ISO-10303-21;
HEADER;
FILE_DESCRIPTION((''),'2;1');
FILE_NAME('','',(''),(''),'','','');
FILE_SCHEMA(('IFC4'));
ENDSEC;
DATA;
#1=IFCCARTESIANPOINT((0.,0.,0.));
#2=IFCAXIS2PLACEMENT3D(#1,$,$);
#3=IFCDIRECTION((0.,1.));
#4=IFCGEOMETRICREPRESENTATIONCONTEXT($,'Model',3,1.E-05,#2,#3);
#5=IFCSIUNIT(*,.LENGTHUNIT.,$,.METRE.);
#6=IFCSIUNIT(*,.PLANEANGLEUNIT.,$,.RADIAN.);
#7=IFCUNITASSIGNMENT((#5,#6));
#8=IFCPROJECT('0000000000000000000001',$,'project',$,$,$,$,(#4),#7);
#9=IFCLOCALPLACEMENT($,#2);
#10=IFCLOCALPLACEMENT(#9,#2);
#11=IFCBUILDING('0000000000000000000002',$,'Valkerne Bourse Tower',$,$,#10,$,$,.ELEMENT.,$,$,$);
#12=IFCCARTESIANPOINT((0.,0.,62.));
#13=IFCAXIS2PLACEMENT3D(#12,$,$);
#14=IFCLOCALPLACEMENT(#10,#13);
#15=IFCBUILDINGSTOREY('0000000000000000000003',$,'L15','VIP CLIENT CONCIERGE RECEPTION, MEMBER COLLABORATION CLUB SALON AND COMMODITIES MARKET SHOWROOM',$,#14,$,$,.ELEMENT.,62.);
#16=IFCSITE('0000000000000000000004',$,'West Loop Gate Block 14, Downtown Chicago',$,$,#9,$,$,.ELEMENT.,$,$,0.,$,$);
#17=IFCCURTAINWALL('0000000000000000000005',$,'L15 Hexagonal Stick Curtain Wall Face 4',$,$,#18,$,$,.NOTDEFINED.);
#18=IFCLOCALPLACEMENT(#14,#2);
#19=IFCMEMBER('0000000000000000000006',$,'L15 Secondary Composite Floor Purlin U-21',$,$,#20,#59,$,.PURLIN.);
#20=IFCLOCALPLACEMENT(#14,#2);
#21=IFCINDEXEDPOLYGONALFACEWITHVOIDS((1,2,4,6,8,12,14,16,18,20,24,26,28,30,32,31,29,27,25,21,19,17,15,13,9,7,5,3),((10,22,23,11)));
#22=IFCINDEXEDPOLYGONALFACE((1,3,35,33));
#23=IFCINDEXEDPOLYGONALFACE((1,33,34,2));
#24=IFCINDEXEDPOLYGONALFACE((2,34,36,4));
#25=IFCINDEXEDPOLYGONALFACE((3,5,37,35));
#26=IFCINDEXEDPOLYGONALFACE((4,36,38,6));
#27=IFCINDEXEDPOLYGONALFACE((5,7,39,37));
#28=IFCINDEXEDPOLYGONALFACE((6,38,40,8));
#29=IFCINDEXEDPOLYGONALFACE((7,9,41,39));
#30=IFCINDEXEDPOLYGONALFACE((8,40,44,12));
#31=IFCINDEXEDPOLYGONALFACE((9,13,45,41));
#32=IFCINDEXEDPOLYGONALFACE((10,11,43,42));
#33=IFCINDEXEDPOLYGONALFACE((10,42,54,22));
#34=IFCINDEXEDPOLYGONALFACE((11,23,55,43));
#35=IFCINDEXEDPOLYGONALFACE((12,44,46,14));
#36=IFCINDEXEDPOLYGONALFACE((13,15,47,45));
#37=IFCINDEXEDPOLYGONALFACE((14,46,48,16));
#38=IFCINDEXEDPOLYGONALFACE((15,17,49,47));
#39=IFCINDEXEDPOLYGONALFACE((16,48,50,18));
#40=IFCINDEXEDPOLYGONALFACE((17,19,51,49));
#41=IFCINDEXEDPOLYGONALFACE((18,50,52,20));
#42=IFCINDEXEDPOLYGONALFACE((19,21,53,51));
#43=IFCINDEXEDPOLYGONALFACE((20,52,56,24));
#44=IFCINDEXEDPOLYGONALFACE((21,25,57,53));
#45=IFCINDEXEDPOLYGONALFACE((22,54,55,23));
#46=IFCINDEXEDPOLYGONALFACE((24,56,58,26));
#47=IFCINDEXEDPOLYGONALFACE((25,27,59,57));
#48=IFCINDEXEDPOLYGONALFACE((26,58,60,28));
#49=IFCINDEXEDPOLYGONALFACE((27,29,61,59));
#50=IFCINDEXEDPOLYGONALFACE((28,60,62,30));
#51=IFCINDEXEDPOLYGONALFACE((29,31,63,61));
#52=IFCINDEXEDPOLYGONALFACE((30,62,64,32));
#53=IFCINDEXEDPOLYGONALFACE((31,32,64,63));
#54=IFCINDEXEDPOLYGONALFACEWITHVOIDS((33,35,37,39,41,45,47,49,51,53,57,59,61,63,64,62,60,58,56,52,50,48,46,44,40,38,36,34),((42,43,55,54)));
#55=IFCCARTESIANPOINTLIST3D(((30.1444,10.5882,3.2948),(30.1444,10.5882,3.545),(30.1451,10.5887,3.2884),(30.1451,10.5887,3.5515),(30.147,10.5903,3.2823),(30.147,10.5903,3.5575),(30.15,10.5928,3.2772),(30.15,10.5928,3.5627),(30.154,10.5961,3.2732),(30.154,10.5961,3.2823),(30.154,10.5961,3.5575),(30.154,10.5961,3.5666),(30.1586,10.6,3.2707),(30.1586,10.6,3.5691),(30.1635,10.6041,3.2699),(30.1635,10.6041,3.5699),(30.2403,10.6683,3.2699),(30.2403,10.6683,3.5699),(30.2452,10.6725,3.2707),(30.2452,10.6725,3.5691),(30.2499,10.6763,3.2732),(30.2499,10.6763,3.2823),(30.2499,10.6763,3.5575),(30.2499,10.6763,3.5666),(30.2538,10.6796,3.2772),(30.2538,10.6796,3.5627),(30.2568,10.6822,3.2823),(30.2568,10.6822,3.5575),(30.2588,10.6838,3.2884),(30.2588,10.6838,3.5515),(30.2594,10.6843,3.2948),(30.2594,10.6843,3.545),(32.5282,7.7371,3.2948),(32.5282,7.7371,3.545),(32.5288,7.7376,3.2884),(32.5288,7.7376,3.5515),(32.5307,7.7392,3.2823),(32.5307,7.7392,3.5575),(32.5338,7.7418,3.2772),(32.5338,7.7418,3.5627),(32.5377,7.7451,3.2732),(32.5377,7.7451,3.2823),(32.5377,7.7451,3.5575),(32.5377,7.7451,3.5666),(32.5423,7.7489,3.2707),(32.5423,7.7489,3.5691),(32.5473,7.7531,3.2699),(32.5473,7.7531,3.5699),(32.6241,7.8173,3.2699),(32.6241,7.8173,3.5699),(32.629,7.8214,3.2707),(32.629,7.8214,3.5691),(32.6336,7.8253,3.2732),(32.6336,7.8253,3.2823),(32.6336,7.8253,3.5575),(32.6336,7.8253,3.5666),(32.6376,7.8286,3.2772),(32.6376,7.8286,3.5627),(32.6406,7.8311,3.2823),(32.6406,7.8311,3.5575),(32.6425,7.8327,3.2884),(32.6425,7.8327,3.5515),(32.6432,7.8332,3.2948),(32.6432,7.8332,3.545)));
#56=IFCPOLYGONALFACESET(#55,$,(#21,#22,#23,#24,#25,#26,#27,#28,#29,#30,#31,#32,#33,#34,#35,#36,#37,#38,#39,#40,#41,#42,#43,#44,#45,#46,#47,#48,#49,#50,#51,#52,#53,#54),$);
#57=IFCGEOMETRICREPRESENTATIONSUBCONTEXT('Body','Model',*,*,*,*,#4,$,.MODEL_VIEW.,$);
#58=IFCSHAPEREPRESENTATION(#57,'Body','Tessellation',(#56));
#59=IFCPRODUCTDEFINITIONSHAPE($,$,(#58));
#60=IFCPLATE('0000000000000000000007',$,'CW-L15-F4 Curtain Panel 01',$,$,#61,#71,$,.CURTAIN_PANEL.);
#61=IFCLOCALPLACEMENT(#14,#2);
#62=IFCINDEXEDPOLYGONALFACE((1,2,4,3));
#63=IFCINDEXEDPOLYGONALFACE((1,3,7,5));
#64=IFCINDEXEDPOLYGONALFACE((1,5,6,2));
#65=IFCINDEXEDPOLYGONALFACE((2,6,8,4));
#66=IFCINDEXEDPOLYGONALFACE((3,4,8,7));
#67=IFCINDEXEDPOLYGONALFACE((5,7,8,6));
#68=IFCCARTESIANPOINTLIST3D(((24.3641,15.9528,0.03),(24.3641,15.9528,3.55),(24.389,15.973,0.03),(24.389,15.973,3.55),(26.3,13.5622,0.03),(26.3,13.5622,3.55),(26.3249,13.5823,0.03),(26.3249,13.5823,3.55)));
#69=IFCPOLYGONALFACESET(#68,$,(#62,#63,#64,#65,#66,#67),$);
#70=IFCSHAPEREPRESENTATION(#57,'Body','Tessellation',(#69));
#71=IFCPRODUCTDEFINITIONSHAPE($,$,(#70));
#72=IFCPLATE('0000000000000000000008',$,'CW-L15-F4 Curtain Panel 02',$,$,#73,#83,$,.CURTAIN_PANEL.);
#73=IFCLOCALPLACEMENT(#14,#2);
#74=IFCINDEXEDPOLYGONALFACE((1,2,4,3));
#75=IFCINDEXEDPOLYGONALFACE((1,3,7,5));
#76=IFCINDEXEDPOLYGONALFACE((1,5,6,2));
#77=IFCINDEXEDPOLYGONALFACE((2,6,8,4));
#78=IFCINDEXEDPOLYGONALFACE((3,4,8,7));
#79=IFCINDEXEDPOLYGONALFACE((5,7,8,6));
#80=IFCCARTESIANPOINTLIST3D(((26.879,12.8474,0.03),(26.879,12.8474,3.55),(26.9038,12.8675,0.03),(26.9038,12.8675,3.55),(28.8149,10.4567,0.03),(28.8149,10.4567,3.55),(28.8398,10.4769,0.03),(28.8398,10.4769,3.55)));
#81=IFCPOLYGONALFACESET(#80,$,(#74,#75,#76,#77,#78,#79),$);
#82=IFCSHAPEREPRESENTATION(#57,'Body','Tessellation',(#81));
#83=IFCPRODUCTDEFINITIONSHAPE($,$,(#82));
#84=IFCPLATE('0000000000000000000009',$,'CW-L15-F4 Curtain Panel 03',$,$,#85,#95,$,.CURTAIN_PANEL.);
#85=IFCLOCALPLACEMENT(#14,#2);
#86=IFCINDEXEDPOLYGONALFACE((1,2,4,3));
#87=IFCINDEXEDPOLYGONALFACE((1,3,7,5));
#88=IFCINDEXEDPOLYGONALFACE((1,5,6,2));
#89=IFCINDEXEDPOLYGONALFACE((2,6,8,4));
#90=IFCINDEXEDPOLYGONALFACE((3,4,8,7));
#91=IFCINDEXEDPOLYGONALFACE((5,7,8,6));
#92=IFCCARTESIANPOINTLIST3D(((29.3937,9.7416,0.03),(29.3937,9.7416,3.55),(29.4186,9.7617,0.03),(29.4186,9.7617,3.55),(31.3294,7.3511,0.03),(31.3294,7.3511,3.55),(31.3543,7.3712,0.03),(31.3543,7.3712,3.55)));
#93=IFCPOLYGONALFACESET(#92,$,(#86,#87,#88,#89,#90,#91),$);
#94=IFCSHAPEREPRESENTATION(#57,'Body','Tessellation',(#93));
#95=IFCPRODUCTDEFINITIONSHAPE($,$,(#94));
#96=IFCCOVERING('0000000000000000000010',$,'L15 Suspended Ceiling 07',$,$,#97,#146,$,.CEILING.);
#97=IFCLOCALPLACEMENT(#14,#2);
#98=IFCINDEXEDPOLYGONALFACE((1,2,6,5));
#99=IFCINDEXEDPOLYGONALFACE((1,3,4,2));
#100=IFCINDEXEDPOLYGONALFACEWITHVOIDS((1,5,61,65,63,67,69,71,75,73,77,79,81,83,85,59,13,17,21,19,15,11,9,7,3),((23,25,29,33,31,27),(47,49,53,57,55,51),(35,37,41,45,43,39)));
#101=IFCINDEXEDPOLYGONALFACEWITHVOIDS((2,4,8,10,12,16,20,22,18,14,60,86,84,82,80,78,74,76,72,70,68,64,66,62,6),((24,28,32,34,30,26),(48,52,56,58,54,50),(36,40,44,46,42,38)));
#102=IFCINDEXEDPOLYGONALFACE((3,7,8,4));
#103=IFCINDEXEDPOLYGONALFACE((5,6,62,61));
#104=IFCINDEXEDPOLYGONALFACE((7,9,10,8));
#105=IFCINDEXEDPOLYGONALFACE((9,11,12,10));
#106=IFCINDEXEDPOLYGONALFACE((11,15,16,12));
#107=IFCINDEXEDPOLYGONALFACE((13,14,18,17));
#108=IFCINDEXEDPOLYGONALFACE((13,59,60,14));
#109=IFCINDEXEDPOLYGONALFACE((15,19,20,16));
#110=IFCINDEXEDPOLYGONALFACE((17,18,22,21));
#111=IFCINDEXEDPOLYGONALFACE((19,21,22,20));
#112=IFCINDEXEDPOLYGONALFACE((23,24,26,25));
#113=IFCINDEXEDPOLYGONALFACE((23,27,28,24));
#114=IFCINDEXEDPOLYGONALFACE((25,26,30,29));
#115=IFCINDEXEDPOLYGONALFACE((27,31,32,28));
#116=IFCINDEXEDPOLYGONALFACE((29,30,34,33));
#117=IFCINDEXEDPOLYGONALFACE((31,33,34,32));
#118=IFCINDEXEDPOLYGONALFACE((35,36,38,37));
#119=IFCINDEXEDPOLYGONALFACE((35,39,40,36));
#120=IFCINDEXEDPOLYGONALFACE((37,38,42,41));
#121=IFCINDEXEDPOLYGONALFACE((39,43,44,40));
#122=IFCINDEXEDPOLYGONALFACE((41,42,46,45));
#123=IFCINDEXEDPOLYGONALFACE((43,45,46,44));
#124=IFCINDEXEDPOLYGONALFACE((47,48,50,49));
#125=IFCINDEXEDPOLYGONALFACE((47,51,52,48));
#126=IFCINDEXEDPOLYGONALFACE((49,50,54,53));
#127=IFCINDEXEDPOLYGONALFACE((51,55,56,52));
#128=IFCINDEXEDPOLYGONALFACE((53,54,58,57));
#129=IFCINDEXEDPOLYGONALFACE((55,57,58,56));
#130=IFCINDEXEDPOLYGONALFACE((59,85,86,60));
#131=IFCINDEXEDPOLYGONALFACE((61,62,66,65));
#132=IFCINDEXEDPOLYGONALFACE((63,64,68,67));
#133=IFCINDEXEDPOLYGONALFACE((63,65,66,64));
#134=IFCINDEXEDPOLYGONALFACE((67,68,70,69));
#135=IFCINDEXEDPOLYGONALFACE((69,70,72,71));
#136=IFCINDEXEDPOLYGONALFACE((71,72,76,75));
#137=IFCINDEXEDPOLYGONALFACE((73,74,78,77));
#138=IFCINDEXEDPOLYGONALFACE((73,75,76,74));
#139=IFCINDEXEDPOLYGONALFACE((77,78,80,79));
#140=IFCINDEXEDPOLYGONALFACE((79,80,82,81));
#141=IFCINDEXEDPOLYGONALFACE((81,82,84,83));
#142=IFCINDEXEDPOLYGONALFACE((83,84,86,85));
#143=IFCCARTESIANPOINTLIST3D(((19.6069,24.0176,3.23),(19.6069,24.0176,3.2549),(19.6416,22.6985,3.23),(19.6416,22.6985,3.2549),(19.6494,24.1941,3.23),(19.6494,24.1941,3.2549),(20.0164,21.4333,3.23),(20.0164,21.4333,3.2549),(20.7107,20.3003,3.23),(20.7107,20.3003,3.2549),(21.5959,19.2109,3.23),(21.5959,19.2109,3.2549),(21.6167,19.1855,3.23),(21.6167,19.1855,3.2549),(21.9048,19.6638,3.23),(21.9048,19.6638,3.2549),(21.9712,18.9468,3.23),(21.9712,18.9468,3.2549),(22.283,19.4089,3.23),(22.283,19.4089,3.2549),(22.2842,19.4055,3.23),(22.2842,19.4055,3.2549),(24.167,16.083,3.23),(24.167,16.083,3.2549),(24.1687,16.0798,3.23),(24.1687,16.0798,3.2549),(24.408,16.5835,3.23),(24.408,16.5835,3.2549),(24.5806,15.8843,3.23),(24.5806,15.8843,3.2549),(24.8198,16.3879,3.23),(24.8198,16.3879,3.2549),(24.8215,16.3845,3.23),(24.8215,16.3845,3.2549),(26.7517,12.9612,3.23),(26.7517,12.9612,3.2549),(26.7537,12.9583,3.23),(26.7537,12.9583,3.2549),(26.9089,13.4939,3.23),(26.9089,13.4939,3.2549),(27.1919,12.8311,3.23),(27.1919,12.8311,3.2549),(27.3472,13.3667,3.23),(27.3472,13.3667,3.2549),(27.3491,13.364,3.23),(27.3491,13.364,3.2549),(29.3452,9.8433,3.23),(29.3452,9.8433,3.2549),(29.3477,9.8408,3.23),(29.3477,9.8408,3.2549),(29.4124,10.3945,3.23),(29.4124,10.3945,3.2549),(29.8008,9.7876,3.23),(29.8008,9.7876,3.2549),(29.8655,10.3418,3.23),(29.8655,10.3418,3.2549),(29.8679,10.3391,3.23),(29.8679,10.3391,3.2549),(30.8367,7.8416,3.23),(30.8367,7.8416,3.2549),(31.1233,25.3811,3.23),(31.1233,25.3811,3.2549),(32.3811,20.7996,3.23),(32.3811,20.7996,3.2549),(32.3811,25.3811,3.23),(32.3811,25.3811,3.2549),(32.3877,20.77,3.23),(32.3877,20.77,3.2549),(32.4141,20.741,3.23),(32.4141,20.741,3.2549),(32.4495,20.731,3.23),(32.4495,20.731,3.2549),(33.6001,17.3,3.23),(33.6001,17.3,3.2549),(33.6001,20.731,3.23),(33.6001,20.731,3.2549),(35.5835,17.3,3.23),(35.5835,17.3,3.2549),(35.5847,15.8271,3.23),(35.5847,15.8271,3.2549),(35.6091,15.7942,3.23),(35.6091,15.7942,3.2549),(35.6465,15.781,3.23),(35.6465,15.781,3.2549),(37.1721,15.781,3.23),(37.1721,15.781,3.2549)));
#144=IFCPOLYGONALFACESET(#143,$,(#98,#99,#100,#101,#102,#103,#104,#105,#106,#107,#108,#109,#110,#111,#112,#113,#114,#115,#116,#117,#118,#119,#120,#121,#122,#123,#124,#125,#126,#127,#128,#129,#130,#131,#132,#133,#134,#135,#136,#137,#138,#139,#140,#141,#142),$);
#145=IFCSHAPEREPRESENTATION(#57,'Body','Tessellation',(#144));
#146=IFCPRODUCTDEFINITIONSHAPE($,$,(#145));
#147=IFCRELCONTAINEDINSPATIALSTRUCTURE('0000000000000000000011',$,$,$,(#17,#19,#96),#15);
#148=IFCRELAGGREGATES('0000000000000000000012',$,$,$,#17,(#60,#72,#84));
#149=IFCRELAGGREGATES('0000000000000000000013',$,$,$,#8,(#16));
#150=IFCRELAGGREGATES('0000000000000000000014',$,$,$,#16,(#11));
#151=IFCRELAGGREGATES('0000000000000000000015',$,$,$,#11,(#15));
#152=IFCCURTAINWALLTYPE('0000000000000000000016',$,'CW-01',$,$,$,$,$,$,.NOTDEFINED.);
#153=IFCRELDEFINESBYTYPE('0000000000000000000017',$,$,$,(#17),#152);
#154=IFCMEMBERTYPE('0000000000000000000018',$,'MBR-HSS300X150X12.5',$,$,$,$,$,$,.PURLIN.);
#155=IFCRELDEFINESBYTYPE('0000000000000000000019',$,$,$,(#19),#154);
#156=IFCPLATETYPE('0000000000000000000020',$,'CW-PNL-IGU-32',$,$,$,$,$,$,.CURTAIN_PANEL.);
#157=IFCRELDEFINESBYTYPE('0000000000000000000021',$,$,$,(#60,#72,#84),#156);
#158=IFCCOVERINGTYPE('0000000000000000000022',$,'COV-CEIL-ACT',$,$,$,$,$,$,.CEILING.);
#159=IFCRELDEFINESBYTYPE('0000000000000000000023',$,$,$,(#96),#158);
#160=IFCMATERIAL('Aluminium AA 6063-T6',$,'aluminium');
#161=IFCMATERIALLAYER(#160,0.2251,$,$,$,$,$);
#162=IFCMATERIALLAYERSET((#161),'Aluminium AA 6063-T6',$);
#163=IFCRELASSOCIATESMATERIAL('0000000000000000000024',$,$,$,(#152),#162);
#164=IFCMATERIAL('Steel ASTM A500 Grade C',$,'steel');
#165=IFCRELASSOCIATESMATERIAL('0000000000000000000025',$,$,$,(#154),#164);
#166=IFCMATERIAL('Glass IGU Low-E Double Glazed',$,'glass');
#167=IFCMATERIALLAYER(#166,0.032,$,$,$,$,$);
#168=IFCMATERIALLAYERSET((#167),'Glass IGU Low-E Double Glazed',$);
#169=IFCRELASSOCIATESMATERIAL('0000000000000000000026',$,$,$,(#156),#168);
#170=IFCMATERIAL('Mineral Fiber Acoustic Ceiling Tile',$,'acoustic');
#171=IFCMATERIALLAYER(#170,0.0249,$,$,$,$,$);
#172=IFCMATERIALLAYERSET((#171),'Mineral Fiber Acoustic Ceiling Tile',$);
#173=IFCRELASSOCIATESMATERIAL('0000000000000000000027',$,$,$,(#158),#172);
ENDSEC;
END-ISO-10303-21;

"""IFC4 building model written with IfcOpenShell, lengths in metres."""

from ifc_helpers import new_model, si_unit, direction, frame, origin, origin_2d, place, context, subcontext, project, spatial, polyline, rectangle, hollow_rectangle, outline, extrude, material, layer, layer_set, material_profile, profile_set, type_object, element, aggregate, save


model = new_model("IFC4")

# Units and contexts
model_context = context("Model", 3, precision=1e-05, world=origin(), true_north=direction((0.0, 1.0)))
body_context = subcontext(model_context, "Body", "Model", "MODEL_VIEW")
ifc_project = project(units=[si_unit("LENGTHUNIT", "METRE"), si_unit("PLANEANGLEUNIT", "RADIAN")], contexts=[model_context])

# Site, building, storey
site_placement = place(None, origin())
site = spatial("IfcSite", under=ifc_project, at=site_placement, Name="West Loop Gate Block 14, Downtown Chicago", CompositionType="ELEMENT", RefElevation=0.0)
building_placement = place(site_placement, origin())
building = spatial("IfcBuilding", under=site, at=building_placement, Name="Valkerne Bourse Tower", CompositionType="ELEMENT")
storey_placement = place(building_placement, frame((0.0, 0.0, 62.0)))
storey = spatial("IfcBuildingStorey", under=building, at=storey_placement, Name="L15", Description="VIP CLIENT CONCIERGE RECEPTION, MEMBER COLLABORATION CLUB SALON AND COMMODITIES MARKET SHOWROOM", CompositionType="ELEMENT", Elevation=62.0)

# Curtain wall
ifc_material_1 = material(Name="Aluminium AA 6063-T6", Category="aluminium")
ifc_layer_1 = layer(ifc_material_1, 0.2251)
ifc_layer_set_1 = layer_set([ifc_layer_1], Name="Aluminium AA 6063-T6")
curtain_wall_type = type_object("IfcCurtainWallType", Name="CW-01", PredefinedType="NOTDEFINED", material=ifc_layer_set_1)
curtain_wall_placement = place(storey_placement, origin())
curtain_wall = element("IfcCurtainWall", 1, at=curtain_wall_placement, inside=storey, type_object=curtain_wall_type, Name="L15 Hexagonal Stick Curtain Wall Face 4", PredefinedType="NOTDEFINED")

# Member
ifc_material_2 = material(Name="Steel ASTM A500 Grade C", Category="steel")
ifc_material_profile_1 = material_profile(ifc_material_2, hollow_rectangle(XDim=0.1499, YDim=0.3, WallThickness=0.0125, OuterFilletRadius=0.0249, at=origin_2d()), Name="HSS300X150X12.5")
ifc_profile_set_1 = profile_set([ifc_material_profile_1], Name="Steel ASTM A500 Grade C")
member_type_1 = type_object("IfcMemberType", Name="MBR-HSS300X150X12.5", PredefinedType="PURLIN", material=ifc_profile_set_1)
member_1_placement = place(storey_placement, frame((30.2019, 10.6362, 3.4199), z_axis=(0.641437, -0.767176, 0.0), x_axis=(0.767176, 0.641437, 0.0)))
element("IfcMember", 2, at=member_1_placement, inside=storey, type_object=member_type_1, Name="L15 Secondary Composite Floor Purlin U-21", PredefinedType="PURLIN", context=body_context, shape_type="SweptSolid", body=[
    extrude(hollow_rectangle(XDim=0.1499, YDim=0.3, WallThickness=0.0125, OuterFilletRadius=0.0249, at=origin_2d()), origin(), (0.0, 0.0, 1.0), 3.7163),
])

# Plates
ifc_material_3 = material(Name="Glass IGU Low-E Double Glazed", Category="glass")
ifc_layer_2 = layer(ifc_material_3, 0.032)
ifc_layer_set_2 = layer_set([ifc_layer_2], Name="Glass IGU Low-E Double Glazed")
plate_type = type_object("IfcPlateType", Name="CW-PNL-IGU-32", PredefinedType="CURTAIN_PANEL", material=ifc_layer_set_2)
plate_1_placement = place(storey_placement, frame((25.3445, 14.7676, 0.03), z_axis=(0.0, 0.0, 1.0), x_axis=(0.629323, -0.777144, 0.0)))
plate_1 = element("IfcPlate", 3, at=plate_1_placement, type_object=plate_type, Name="CW-L15-F4 Curtain Panel 01", PredefinedType="CURTAIN_PANEL", context=body_context, shape_type="SweptSolid", body=[
    extrude(rectangle(XDim=3.0762, YDim=0.032, at=origin_2d()), origin(), (0.0, 0.0, 1.0), 3.52),
])
plate_2_placement = place(storey_placement, frame((27.8594, 11.6621, 0.03), z_axis=(0.0, 0.0, 1.0), x_axis=(0.629323, -0.777144, 0.0)))
plate_2 = element("IfcPlate", 4, at=plate_2_placement, type_object=plate_type, Name="CW-L15-F4 Curtain Panel 02", PredefinedType="CURTAIN_PANEL", context=body_context, shape_type="SweptSolid", body=[
    extrude(rectangle(XDim=3.0762, YDim=0.032, at=origin_2d()), origin(), (0.0, 0.0, 1.0), 3.52),
])
plate_3_placement = place(storey_placement, frame((30.374, 8.5564, 0.03), z_axis=(0.0, 0.0, 1.0), x_axis=(0.629308, -0.777156, 0.0)))
plate_3 = element("IfcPlate", 5, at=plate_3_placement, type_object=plate_type, Name="CW-L15-F4 Curtain Panel 03", PredefinedType="CURTAIN_PANEL", context=body_context, shape_type="SweptSolid", body=[
    extrude(rectangle(XDim=3.0759, YDim=0.032, at=origin_2d()), origin(), (0.0, 0.0, 1.0), 3.52),
])
aggregate(curtain_wall, [plate_1, plate_2, plate_3])

# Covering
ifc_material_4 = material(Name="Mineral Fiber Acoustic Ceiling Tile", Category="acoustic")
ifc_layer_3 = layer(ifc_material_4, 0.0249)
ifc_layer_set_3 = layer_set([ifc_layer_3], Name="Mineral Fiber Acoustic Ceiling Tile")
covering_type_1 = type_object("IfcCoveringType", Name="COV-CEIL-ACT", PredefinedType="CEILING", material=ifc_layer_set_3)
covering_1_placement = place(storey_placement, frame((0.0, 0.0, 3.23)))
element("IfcCovering", 6, at=covering_1_placement, inside=storey, type_object=covering_type_1, Name="L15 Suspended Ceiling 07", PredefinedType="CEILING", context=body_context, shape_type="SweptSolid", body=[
    extrude(outline(polyline([(19.6416, 22.6985), (19.6069, 24.0176), (19.6494, 24.1941), (31.1233, 25.3811), (32.3811, 25.3811), (32.3811, 20.7996), (32.3877, 20.77), (32.4141, 20.741), (32.4495, 20.731), (33.6001, 20.731), (33.6001, 17.3), (35.5835, 17.3), (35.5847, 15.8271), (35.6091, 15.7942), (35.6465, 15.781), (37.1721, 15.781), (30.8367, 7.8416), (21.6167, 19.1855), (21.9712, 18.9468), (22.2842, 19.4055), (22.283, 19.4089), (21.9048, 19.6638), (21.5959, 19.2109), (20.7107, 20.3003), (20.0164, 21.4333), (19.6416, 22.6985)]), holes=[polyline([(29.8679, 10.3391), (29.8655, 10.3418), (29.4124, 10.3945), (29.3452, 9.8433), (29.3477, 9.8408), (29.8008, 9.7876), (29.8679, 10.3391)]), polyline([(27.3491, 13.364), (27.3472, 13.3667), (26.9089, 13.4939), (26.7517, 12.9612), (26.7537, 12.9583), (27.1919, 12.8311), (27.3491, 13.364)]), polyline([(24.8198, 16.3879), (24.408, 16.5835), (24.167, 16.083), (24.1687, 16.0798), (24.5806, 15.8843), (24.8215, 16.3845), (24.8198, 16.3879)])]), origin(), (0.0, 0.0, 1.0), 0.0249),
])

save(model, "model.ifc")
